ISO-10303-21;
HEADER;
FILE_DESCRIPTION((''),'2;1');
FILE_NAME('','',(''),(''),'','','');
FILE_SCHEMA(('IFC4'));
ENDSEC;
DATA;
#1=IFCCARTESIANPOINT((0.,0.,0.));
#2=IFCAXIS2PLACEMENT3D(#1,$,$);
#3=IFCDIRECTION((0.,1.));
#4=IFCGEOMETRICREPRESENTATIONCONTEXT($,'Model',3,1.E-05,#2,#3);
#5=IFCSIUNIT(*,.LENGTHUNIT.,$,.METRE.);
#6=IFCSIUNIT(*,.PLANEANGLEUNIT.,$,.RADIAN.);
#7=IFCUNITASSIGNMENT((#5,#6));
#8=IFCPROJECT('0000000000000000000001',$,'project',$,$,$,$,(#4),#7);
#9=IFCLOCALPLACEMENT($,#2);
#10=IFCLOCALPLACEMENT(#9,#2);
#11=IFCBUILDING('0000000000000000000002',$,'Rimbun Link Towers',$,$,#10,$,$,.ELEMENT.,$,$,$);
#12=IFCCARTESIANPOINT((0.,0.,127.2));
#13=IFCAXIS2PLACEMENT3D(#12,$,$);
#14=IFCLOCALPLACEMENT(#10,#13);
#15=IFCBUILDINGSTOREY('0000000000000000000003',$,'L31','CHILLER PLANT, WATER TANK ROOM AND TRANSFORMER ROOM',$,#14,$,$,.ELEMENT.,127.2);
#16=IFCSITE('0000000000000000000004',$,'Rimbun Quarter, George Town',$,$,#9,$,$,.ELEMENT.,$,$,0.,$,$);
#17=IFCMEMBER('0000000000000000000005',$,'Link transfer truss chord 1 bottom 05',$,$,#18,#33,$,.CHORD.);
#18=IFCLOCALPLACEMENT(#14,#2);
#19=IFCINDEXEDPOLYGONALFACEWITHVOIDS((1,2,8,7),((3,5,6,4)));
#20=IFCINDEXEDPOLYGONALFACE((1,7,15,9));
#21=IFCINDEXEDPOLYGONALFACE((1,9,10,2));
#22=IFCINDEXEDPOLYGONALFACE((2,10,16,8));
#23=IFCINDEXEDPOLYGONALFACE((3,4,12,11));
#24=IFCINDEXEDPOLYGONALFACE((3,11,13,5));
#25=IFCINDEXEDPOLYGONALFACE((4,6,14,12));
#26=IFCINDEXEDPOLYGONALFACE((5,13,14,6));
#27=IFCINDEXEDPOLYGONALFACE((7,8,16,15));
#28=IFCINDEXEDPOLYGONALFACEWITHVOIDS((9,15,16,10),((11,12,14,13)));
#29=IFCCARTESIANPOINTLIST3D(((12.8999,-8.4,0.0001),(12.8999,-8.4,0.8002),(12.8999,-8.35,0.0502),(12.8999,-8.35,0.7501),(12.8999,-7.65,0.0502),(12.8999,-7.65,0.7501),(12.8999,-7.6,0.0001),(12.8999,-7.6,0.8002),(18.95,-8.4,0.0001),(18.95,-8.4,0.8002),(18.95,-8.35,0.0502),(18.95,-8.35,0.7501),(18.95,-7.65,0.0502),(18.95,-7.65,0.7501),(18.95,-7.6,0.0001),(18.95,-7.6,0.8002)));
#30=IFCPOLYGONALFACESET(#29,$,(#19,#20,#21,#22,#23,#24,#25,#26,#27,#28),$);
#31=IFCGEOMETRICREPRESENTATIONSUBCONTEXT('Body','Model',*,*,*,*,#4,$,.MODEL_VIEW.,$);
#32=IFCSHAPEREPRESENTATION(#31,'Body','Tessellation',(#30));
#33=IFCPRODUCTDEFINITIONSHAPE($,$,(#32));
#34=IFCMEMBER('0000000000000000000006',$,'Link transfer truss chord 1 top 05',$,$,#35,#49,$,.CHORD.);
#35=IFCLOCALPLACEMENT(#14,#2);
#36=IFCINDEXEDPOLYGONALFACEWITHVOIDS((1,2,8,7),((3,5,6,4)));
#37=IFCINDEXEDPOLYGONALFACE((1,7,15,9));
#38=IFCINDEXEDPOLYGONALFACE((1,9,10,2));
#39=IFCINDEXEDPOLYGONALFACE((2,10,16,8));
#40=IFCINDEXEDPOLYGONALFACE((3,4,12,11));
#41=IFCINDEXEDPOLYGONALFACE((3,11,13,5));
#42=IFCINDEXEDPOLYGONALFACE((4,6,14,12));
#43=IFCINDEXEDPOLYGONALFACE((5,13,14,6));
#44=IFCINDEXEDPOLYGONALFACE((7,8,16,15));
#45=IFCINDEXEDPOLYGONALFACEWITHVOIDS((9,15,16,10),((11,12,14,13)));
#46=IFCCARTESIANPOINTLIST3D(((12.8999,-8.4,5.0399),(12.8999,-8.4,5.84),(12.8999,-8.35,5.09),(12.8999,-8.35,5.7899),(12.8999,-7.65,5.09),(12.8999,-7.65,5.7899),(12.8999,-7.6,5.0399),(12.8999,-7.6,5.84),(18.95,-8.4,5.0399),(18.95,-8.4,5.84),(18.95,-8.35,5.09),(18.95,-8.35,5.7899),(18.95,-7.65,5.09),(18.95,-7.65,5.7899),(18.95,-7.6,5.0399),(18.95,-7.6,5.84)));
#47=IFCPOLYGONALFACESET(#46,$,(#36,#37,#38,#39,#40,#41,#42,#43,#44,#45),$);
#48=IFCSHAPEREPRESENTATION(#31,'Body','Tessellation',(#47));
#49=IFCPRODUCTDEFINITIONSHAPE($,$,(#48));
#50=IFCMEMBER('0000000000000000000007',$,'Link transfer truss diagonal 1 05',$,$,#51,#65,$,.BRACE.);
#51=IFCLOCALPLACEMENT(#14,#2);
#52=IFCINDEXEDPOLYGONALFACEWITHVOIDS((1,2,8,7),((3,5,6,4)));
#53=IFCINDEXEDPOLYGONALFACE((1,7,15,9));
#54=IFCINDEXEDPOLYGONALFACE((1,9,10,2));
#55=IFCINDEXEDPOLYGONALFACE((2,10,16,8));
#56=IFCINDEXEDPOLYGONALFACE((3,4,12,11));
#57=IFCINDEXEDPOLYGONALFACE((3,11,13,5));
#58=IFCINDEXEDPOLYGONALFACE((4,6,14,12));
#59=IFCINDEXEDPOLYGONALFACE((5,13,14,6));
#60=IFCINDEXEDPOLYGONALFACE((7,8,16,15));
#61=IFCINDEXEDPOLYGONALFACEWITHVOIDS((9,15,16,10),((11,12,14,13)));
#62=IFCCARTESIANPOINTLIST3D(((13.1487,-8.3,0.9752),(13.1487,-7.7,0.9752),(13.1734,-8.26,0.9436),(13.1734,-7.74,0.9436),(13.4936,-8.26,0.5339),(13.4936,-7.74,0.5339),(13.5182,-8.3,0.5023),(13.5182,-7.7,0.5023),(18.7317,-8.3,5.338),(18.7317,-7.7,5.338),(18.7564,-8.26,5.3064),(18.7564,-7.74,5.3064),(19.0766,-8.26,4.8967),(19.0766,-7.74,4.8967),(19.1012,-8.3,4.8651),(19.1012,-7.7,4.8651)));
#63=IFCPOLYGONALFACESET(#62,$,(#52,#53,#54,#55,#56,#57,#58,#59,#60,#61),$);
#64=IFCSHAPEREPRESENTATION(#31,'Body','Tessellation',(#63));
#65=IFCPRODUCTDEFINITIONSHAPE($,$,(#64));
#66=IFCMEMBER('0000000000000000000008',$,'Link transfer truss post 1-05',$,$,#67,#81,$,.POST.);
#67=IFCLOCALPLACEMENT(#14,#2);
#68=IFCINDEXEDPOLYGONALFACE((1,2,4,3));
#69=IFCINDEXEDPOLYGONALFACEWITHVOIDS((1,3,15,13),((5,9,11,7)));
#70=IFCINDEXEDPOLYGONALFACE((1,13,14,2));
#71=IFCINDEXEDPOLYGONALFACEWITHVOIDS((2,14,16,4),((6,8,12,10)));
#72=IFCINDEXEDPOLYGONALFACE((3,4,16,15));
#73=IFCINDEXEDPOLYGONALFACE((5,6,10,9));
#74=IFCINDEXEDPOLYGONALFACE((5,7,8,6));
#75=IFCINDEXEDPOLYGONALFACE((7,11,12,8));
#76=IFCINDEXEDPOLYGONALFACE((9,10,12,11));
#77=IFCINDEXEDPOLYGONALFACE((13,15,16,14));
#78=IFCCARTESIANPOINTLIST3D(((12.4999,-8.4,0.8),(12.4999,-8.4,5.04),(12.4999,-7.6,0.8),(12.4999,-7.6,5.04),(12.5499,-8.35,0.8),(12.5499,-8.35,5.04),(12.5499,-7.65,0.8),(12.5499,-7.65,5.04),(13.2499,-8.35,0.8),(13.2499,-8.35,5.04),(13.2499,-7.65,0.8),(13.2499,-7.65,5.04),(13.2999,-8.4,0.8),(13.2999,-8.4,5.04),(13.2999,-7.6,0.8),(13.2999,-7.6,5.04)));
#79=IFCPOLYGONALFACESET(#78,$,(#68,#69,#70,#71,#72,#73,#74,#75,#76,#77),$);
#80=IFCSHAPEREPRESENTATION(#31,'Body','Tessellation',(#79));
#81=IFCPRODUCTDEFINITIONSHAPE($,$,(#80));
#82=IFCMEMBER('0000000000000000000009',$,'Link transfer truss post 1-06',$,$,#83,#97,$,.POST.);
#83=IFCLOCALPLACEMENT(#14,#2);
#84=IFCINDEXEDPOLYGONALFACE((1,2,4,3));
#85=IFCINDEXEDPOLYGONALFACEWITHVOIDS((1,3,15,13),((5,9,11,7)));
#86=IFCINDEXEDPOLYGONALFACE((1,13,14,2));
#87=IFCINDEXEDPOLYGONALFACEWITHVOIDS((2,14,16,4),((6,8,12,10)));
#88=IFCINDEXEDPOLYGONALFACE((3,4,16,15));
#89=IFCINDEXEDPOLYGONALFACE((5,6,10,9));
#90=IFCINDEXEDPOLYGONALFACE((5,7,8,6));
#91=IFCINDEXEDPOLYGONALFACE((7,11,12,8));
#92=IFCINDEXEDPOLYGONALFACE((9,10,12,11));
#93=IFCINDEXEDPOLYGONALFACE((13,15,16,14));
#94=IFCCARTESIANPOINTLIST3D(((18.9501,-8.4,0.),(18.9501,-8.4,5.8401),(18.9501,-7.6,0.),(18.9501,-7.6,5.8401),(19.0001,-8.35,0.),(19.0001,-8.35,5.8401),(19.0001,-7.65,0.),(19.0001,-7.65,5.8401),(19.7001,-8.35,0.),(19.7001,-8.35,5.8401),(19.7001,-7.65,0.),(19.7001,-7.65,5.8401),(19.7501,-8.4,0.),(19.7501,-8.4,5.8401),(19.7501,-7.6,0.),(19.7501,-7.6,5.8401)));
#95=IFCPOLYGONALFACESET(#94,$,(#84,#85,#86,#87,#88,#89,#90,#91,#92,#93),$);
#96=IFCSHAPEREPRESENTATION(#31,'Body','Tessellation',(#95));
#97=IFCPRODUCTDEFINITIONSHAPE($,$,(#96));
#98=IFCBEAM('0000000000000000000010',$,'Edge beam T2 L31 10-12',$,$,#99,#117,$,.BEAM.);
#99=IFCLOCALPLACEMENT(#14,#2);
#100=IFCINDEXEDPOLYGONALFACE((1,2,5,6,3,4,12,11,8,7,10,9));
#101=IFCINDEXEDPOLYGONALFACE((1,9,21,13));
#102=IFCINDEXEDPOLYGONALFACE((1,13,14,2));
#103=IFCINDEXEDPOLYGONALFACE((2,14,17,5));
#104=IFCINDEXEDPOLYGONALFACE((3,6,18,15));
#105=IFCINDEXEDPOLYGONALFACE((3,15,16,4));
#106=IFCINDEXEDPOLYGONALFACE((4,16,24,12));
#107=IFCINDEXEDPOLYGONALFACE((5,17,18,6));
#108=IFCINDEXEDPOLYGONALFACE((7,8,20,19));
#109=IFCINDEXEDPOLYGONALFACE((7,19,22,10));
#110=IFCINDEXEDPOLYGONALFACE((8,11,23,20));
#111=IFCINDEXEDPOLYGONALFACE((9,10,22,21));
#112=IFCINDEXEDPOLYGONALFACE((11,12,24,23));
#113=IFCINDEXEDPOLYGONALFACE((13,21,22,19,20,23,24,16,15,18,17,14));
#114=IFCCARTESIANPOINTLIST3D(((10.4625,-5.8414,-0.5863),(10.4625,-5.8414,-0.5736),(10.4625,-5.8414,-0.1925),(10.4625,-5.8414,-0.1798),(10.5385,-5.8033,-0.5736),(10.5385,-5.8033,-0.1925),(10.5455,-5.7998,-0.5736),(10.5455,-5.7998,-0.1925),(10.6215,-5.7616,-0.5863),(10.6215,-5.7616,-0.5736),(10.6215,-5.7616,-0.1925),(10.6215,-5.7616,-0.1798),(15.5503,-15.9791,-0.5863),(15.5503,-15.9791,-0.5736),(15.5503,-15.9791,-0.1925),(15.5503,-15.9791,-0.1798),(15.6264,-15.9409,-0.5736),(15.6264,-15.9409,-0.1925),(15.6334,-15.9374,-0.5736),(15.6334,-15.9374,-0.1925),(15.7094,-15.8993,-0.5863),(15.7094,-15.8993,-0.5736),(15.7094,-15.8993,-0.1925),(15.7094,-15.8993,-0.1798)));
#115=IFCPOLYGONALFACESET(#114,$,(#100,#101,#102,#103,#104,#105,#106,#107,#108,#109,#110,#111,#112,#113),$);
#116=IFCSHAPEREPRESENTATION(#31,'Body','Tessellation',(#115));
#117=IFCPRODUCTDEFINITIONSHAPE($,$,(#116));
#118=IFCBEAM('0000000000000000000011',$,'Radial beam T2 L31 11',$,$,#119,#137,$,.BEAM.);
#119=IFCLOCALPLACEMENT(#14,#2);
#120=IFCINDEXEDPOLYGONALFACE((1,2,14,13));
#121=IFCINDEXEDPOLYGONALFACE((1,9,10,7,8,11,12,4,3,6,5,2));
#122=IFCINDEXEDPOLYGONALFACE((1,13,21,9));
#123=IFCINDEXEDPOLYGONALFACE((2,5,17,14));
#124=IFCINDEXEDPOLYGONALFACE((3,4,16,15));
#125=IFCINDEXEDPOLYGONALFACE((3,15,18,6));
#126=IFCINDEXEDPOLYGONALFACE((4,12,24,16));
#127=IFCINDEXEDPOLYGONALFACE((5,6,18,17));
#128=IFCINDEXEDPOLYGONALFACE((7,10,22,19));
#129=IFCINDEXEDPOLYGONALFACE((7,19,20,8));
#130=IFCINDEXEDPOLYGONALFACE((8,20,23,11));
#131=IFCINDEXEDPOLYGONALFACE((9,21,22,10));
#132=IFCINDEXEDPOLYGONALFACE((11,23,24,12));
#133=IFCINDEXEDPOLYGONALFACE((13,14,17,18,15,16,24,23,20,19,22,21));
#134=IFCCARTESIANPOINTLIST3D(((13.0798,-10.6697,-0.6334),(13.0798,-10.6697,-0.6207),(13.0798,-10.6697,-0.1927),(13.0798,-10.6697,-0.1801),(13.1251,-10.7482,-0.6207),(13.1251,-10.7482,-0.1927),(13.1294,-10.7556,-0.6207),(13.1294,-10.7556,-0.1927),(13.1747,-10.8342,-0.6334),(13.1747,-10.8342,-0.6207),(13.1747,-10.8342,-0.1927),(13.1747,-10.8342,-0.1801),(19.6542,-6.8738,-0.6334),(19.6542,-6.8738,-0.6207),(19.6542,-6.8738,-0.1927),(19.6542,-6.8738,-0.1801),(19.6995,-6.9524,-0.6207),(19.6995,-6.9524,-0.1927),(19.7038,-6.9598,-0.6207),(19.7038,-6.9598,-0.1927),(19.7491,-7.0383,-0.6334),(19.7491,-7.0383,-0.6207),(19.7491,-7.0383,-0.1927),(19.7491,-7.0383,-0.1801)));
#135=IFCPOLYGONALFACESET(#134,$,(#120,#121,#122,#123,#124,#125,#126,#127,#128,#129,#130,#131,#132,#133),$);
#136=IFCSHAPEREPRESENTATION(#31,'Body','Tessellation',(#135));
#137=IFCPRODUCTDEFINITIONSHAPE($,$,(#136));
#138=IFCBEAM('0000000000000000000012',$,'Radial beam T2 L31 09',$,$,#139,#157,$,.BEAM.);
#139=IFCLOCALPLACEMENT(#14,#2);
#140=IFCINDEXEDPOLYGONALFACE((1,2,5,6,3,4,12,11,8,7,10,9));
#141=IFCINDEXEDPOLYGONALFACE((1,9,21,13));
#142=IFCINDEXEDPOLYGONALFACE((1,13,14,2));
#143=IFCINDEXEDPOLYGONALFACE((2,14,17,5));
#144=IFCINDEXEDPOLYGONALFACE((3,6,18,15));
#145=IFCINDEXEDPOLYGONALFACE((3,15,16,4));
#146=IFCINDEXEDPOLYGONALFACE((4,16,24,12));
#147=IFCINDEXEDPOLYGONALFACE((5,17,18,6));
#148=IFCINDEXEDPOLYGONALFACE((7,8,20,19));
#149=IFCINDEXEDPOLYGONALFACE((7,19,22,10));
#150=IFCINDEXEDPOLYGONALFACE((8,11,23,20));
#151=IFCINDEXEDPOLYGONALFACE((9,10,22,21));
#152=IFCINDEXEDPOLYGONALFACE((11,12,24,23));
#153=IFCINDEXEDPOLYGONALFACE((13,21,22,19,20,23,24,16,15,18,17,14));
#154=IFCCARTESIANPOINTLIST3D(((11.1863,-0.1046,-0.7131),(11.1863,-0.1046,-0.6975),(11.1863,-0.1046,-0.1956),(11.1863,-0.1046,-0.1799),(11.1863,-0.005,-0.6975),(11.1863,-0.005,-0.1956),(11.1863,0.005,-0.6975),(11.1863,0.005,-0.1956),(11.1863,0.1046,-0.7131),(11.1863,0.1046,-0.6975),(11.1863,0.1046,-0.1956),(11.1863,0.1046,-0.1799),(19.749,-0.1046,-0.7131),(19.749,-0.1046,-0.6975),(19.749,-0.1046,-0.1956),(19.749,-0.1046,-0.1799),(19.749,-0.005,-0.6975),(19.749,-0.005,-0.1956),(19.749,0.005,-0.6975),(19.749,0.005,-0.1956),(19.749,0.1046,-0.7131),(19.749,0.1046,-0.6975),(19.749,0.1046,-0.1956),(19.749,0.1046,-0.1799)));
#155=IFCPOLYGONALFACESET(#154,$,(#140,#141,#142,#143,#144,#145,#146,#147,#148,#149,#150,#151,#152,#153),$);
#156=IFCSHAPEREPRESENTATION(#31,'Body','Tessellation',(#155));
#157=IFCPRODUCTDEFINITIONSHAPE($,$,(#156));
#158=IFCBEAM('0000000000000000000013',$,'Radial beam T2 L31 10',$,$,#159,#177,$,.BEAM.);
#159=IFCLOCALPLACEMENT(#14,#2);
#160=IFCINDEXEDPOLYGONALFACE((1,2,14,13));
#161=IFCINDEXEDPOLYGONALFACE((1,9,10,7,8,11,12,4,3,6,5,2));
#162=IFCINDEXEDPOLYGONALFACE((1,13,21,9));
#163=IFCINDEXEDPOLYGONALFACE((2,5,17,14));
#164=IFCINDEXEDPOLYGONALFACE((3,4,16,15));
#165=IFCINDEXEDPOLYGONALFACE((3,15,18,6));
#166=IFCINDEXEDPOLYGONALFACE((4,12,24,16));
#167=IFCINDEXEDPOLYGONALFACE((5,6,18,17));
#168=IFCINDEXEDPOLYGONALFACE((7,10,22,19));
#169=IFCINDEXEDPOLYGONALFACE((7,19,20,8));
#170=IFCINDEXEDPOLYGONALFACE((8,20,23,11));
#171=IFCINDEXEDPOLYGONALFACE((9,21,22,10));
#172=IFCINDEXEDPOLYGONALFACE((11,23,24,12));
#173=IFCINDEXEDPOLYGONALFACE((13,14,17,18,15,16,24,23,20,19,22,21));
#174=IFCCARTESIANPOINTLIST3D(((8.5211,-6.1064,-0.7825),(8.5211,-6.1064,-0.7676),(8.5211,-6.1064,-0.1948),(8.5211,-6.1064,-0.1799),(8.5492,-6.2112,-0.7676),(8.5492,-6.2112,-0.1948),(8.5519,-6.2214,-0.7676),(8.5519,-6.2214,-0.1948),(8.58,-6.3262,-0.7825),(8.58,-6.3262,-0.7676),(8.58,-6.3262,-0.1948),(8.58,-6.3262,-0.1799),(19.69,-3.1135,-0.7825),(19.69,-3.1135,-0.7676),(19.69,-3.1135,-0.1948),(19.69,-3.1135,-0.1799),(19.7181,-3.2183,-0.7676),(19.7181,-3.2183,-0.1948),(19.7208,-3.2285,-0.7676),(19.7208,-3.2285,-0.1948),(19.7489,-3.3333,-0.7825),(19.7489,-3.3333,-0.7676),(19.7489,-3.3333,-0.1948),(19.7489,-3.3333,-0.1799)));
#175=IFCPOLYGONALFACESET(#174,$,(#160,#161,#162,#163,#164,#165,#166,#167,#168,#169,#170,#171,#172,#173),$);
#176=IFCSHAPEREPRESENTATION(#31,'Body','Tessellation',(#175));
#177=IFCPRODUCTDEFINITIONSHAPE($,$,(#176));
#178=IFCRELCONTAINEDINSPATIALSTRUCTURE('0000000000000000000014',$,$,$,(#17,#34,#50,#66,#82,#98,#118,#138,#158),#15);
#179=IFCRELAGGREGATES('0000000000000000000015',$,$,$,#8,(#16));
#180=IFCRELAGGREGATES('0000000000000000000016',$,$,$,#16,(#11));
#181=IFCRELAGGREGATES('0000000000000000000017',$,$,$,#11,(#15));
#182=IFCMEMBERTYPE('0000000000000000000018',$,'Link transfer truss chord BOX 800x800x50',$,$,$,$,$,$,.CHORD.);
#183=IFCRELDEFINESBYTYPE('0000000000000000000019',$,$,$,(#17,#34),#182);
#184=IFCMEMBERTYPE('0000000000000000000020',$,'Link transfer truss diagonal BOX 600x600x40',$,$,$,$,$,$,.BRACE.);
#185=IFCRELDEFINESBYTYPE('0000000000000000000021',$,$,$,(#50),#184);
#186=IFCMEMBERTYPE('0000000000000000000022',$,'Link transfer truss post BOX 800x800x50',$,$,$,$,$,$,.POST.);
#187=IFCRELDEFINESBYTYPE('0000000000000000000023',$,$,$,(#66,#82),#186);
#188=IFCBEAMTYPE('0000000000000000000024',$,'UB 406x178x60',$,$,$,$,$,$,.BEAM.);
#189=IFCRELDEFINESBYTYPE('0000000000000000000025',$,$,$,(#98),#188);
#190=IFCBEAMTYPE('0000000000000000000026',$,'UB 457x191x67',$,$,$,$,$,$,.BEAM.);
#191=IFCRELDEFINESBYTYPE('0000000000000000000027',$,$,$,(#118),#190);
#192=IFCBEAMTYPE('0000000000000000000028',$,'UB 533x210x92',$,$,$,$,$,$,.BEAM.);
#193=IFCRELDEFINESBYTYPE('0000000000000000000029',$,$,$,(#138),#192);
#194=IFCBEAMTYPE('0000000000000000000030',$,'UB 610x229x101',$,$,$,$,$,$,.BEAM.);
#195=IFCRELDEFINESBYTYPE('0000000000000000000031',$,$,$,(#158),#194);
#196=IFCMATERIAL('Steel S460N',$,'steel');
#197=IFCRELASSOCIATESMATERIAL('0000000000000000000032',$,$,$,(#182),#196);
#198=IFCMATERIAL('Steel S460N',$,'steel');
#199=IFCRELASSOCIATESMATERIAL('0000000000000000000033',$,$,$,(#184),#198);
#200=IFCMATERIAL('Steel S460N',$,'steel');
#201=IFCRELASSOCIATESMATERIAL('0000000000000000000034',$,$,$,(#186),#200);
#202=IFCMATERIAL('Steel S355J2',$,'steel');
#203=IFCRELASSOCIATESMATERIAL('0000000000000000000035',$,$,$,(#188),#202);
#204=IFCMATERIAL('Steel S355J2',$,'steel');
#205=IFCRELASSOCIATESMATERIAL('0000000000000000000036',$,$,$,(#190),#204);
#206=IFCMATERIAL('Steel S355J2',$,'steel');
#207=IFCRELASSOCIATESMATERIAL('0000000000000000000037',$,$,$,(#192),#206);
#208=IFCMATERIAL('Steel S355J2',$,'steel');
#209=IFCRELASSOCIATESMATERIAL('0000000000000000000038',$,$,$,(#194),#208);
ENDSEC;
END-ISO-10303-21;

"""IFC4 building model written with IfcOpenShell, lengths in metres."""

from ifc_helpers import new_model, si_unit, direction, frame, origin, origin_2d, place, context, subcontext, project, spatial, hollow_rectangle, i_section, extrude, material, material_profile, profile_set, type_object, element, save


model = new_model("IFC4")

# Units and contexts
model_context = context("Model", 3, precision=1e-05, world=origin(), true_north=direction((0.0, 1.0)))
body_context = subcontext(model_context, "Body", "Model", "MODEL_VIEW")
ifc_project = project(units=[si_unit("LENGTHUNIT", "METRE"), si_unit("PLANEANGLEUNIT", "RADIAN")], contexts=[model_context])

# Site, building, storey
site_placement = place(None, origin())
site = spatial("IfcSite", under=ifc_project, at=site_placement, Name="Rimbun Quarter, George Town", CompositionType="ELEMENT", RefElevation=0.0)
building_placement = place(site_placement, origin())
building = spatial("IfcBuilding", under=site, at=building_placement, Name="Rimbun Link Towers", CompositionType="ELEMENT")
storey_placement = place(building_placement, frame((0.0, 0.0, 127.2)))
storey = spatial("IfcBuildingStorey", under=building, at=storey_placement, Name="L31", Description="CHILLER PLANT, WATER TANK ROOM AND TRANSFORMER ROOM", CompositionType="ELEMENT", Elevation=127.2)

# Members
ifc_material_1 = material(Name="Steel S460N", Category="steel")
ifc_material_profile_1 = material_profile(ifc_material_1, hollow_rectangle(XDim=0.8, YDim=0.8, WallThickness=0.05, at=origin_2d()), Name="Link transfer truss chord BOX 800x800x50")
ifc_profile_set_1 = profile_set([ifc_material_profile_1], Name="Steel S460N")
member_type_1 = type_object("IfcMemberType", Name="Link transfer truss chord BOX 800x800x50", PredefinedType="CHORD", material=ifc_profile_set_1)
for number, where, z_axis, x_axis, name in (
    (1, (12.8999, -8.0, 0.4001), (1.0, 0.0, 0.0), (0.0, 1.0, 0.0), "Link transfer truss chord 1 bottom 05"),
    (2, (12.8999, -8.0, 5.4399), (1.0, 0.0, 0.0), (0.0, 1.0, 0.0), "Link transfer truss chord 1 top 05"),
):
    element("IfcMember", number, at=place(storey_placement, frame(where, z_axis=z_axis, x_axis=x_axis)), inside=storey, type_object=member_type_1, Name=name, PredefinedType="CHORD", context=body_context, shape_type="SweptSolid", body=[
        extrude(hollow_rectangle(XDim=0.8, YDim=0.8, WallThickness=0.05, at=origin_2d()), origin(), (0.0, 0.0, 1.0), 6.05),
    ])
ifc_material_2 = material(Name="Steel S460N", Category="steel")
ifc_material_profile_2 = material_profile(ifc_material_2, hollow_rectangle(XDim=0.6001, YDim=0.6001, WallThickness=0.04, at=origin_2d()), Name="Link transfer truss diagonal BOX 600x600x40")
ifc_profile_set_2 = profile_set([ifc_material_profile_2], Name="Steel S460N")
member_type_2 = type_object("IfcMemberType", Name="Link transfer truss diagonal BOX 600x600x40", PredefinedType="BRACE", material=ifc_profile_set_2)
member_1_placement = place(storey_placement, frame((13.3335, -8.0, 0.7388), z_axis=(0.787951, 0.0, 0.615738), x_axis=(0.0, 1.0, 0.0)))
element("IfcMember", 3, at=member_1_placement, inside=storey, type_object=member_type_2, Name="Link transfer truss diagonal 1 05", PredefinedType="BRACE", context=body_context, shape_type="SweptSolid", body=[
    extrude(hollow_rectangle(XDim=0.6001, YDim=0.6001, WallThickness=0.04, at=origin_2d()), origin(), (0.0, 0.0, 1.0), 7.0854),
])
ifc_material_3 = material(Name="Steel S460N", Category="steel")
ifc_material_profile_3 = material_profile(ifc_material_3, hollow_rectangle(XDim=0.8, YDim=0.8, WallThickness=0.05, at=origin_2d()), Name="Link transfer truss post BOX 800x800x50")
ifc_profile_set_3 = profile_set([ifc_material_profile_3], Name="Steel S460N")
member_type_3 = type_object("IfcMemberType", Name="Link transfer truss post BOX 800x800x50", PredefinedType="POST", material=ifc_profile_set_3)
member_2_placement = place(storey_placement, frame((12.8999, -8.0, 0.8), z_axis=(0.0, 0.0, 1.0), x_axis=(1.0, 0.0, 0.0)))
element("IfcMember", 4, at=member_2_placement, inside=storey, type_object=member_type_3, Name="Link transfer truss post 1-05", PredefinedType="POST", context=body_context, shape_type="SweptSolid", body=[
    extrude(hollow_rectangle(XDim=0.8, YDim=0.8, WallThickness=0.05, at=origin_2d()), origin(), (0.0, 0.0, 1.0), 4.24),
])
member_3_placement = place(storey_placement, frame((19.3501, -8.0, 0.0), z_axis=(0.0, 0.0, 1.0), x_axis=(1.0, 0.0, 0.0)))
element("IfcMember", 5, at=member_3_placement, inside=storey, type_object=member_type_3, Name="Link transfer truss post 1-06", PredefinedType="POST", context=body_context, shape_type="SweptSolid", body=[
    extrude(hollow_rectangle(XDim=0.8, YDim=0.8, WallThickness=0.05, at=origin_2d()), origin(), (0.0, 0.0, 1.0), 5.8401),
])

# Beams
ifc_material_4 = material(Name="Steel S355J2", Category="steel")
ifc_material_profile_4 = material_profile(ifc_material_4, i_section(OverallWidth=0.178, OverallDepth=0.4065, WebThickness=0.0078, FlangeThickness=0.0127, at=origin_2d()), Name="UB 406x178x60")
ifc_profile_set_4 = profile_set([ifc_material_profile_4], Name="Steel S355J2")
beam_type_1 = type_object("IfcBeamType", Name="UB 406x178x60", PredefinedType="BEAM", material=ifc_profile_set_4)
beam_1_placement = place(storey_placement, frame((10.542, -5.8015, -0.3831), z_axis=(0.448556, -0.893755, 0.0), x_axis=(0.893755, 0.448556, 0.0)))
element("IfcBeam", 6, at=beam_1_placement, inside=storey, type_object=beam_type_1, Name="Edge beam T2 L31 10-12", PredefinedType="BEAM", context=body_context, shape_type="SweptSolid", body=[
    extrude(i_section(OverallWidth=0.178, OverallDepth=0.4065, WebThickness=0.0078, FlangeThickness=0.0127, at=origin_2d()), origin(), (0.0, 0.0, 1.0), 11.3428),
])
ifc_material_5 = material(Name="Steel S355J2", Category="steel")
ifc_material_profile_5 = material_profile(ifc_material_5, i_section(OverallWidth=0.1899, OverallDepth=0.4534, WebThickness=0.0085, FlangeThickness=0.0127, at=origin_2d()), Name="UB 457x191x67")
ifc_profile_set_5 = profile_set([ifc_material_profile_5], Name="Steel S355J2")
beam_type_2 = type_object("IfcBeamType", Name="UB 457x191x67", PredefinedType="BEAM", material=ifc_profile_set_5)
beam_2_placement = place(storey_placement, frame((19.7017, -6.9561, -0.4067), z_axis=(-0.866018, -0.500013, 0.0), x_axis=(0.500013, -0.866018, 0.0)))
element("IfcBeam", 7, at=beam_2_placement, inside=storey, type_object=beam_type_2, Name="Radial beam T2 L31 11", PredefinedType="BEAM", context=body_context, shape_type="SweptSolid", body=[
    extrude(i_section(OverallWidth=0.1899, OverallDepth=0.4534, WebThickness=0.0085, FlangeThickness=0.0127, at=origin_2d()), origin(), (0.0, 0.0, 1.0), 7.5916),
])
ifc_material_6 = material(Name="Steel S355J2", Category="steel")
ifc_material_profile_6 = material_profile(ifc_material_6, i_section(OverallWidth=0.2092, OverallDepth=0.5332, WebThickness=0.01, FlangeThickness=0.0156, at=origin_2d()), Name="UB 533x210x92")
ifc_profile_set_6 = profile_set([ifc_material_profile_6], Name="Steel S355J2")
beam_type_3 = type_object("IfcBeamType", Name="UB 533x210x92", PredefinedType="BEAM", material=ifc_profile_set_6)
beam_3_placement = place(storey_placement, frame((19.749, 0.0, -0.4465), z_axis=(-1.0, 0.0, 0.0), x_axis=(0.0, -1.0, 0.0)))
element("IfcBeam", 8, at=beam_3_placement, inside=storey, type_object=beam_type_3, Name="Radial beam T2 L31 09", PredefinedType="BEAM", context=body_context, shape_type="SweptSolid", body=[
    extrude(i_section(OverallWidth=0.2092, OverallDepth=0.5332, WebThickness=0.01, FlangeThickness=0.0156, at=origin_2d()), origin(), (0.0, 0.0, 1.0), 8.5627),
])
ifc_material_7 = material(Name="Steel S355J2", Category="steel")
ifc_material_profile_7 = material_profile(ifc_material_7, i_section(OverallWidth=0.2275, OverallDepth=0.6025, WebThickness=0.0105, FlangeThickness=0.0149, at=origin_2d()), Name="UB 610x229x101")
ifc_profile_set_7 = profile_set([ifc_material_profile_7], Name="Steel S355J2")
beam_type_4 = type_object("IfcBeamType", Name="UB 610x229x101", PredefinedType="BEAM", material=ifc_profile_set_7)
beam_4_placement = place(storey_placement, frame((19.7195, -3.2234, -0.4812), z_axis=(-0.965921, -0.258836, 0.0), x_axis=(0.258836, -0.965921, 0.0)))
element("IfcBeam", 9, at=beam_4_placement, inside=storey, type_object=beam_type_4, Name="Radial beam T2 L31 10", PredefinedType="BEAM", context=body_context, shape_type="SweptSolid", body=[
    extrude(i_section(OverallWidth=0.2275, OverallDepth=0.6025, WebThickness=0.0105, FlangeThickness=0.0149, at=origin_2d()), origin(), (0.0, 0.0, 1.0), 11.563),
])

save(model, "model.ifc")
